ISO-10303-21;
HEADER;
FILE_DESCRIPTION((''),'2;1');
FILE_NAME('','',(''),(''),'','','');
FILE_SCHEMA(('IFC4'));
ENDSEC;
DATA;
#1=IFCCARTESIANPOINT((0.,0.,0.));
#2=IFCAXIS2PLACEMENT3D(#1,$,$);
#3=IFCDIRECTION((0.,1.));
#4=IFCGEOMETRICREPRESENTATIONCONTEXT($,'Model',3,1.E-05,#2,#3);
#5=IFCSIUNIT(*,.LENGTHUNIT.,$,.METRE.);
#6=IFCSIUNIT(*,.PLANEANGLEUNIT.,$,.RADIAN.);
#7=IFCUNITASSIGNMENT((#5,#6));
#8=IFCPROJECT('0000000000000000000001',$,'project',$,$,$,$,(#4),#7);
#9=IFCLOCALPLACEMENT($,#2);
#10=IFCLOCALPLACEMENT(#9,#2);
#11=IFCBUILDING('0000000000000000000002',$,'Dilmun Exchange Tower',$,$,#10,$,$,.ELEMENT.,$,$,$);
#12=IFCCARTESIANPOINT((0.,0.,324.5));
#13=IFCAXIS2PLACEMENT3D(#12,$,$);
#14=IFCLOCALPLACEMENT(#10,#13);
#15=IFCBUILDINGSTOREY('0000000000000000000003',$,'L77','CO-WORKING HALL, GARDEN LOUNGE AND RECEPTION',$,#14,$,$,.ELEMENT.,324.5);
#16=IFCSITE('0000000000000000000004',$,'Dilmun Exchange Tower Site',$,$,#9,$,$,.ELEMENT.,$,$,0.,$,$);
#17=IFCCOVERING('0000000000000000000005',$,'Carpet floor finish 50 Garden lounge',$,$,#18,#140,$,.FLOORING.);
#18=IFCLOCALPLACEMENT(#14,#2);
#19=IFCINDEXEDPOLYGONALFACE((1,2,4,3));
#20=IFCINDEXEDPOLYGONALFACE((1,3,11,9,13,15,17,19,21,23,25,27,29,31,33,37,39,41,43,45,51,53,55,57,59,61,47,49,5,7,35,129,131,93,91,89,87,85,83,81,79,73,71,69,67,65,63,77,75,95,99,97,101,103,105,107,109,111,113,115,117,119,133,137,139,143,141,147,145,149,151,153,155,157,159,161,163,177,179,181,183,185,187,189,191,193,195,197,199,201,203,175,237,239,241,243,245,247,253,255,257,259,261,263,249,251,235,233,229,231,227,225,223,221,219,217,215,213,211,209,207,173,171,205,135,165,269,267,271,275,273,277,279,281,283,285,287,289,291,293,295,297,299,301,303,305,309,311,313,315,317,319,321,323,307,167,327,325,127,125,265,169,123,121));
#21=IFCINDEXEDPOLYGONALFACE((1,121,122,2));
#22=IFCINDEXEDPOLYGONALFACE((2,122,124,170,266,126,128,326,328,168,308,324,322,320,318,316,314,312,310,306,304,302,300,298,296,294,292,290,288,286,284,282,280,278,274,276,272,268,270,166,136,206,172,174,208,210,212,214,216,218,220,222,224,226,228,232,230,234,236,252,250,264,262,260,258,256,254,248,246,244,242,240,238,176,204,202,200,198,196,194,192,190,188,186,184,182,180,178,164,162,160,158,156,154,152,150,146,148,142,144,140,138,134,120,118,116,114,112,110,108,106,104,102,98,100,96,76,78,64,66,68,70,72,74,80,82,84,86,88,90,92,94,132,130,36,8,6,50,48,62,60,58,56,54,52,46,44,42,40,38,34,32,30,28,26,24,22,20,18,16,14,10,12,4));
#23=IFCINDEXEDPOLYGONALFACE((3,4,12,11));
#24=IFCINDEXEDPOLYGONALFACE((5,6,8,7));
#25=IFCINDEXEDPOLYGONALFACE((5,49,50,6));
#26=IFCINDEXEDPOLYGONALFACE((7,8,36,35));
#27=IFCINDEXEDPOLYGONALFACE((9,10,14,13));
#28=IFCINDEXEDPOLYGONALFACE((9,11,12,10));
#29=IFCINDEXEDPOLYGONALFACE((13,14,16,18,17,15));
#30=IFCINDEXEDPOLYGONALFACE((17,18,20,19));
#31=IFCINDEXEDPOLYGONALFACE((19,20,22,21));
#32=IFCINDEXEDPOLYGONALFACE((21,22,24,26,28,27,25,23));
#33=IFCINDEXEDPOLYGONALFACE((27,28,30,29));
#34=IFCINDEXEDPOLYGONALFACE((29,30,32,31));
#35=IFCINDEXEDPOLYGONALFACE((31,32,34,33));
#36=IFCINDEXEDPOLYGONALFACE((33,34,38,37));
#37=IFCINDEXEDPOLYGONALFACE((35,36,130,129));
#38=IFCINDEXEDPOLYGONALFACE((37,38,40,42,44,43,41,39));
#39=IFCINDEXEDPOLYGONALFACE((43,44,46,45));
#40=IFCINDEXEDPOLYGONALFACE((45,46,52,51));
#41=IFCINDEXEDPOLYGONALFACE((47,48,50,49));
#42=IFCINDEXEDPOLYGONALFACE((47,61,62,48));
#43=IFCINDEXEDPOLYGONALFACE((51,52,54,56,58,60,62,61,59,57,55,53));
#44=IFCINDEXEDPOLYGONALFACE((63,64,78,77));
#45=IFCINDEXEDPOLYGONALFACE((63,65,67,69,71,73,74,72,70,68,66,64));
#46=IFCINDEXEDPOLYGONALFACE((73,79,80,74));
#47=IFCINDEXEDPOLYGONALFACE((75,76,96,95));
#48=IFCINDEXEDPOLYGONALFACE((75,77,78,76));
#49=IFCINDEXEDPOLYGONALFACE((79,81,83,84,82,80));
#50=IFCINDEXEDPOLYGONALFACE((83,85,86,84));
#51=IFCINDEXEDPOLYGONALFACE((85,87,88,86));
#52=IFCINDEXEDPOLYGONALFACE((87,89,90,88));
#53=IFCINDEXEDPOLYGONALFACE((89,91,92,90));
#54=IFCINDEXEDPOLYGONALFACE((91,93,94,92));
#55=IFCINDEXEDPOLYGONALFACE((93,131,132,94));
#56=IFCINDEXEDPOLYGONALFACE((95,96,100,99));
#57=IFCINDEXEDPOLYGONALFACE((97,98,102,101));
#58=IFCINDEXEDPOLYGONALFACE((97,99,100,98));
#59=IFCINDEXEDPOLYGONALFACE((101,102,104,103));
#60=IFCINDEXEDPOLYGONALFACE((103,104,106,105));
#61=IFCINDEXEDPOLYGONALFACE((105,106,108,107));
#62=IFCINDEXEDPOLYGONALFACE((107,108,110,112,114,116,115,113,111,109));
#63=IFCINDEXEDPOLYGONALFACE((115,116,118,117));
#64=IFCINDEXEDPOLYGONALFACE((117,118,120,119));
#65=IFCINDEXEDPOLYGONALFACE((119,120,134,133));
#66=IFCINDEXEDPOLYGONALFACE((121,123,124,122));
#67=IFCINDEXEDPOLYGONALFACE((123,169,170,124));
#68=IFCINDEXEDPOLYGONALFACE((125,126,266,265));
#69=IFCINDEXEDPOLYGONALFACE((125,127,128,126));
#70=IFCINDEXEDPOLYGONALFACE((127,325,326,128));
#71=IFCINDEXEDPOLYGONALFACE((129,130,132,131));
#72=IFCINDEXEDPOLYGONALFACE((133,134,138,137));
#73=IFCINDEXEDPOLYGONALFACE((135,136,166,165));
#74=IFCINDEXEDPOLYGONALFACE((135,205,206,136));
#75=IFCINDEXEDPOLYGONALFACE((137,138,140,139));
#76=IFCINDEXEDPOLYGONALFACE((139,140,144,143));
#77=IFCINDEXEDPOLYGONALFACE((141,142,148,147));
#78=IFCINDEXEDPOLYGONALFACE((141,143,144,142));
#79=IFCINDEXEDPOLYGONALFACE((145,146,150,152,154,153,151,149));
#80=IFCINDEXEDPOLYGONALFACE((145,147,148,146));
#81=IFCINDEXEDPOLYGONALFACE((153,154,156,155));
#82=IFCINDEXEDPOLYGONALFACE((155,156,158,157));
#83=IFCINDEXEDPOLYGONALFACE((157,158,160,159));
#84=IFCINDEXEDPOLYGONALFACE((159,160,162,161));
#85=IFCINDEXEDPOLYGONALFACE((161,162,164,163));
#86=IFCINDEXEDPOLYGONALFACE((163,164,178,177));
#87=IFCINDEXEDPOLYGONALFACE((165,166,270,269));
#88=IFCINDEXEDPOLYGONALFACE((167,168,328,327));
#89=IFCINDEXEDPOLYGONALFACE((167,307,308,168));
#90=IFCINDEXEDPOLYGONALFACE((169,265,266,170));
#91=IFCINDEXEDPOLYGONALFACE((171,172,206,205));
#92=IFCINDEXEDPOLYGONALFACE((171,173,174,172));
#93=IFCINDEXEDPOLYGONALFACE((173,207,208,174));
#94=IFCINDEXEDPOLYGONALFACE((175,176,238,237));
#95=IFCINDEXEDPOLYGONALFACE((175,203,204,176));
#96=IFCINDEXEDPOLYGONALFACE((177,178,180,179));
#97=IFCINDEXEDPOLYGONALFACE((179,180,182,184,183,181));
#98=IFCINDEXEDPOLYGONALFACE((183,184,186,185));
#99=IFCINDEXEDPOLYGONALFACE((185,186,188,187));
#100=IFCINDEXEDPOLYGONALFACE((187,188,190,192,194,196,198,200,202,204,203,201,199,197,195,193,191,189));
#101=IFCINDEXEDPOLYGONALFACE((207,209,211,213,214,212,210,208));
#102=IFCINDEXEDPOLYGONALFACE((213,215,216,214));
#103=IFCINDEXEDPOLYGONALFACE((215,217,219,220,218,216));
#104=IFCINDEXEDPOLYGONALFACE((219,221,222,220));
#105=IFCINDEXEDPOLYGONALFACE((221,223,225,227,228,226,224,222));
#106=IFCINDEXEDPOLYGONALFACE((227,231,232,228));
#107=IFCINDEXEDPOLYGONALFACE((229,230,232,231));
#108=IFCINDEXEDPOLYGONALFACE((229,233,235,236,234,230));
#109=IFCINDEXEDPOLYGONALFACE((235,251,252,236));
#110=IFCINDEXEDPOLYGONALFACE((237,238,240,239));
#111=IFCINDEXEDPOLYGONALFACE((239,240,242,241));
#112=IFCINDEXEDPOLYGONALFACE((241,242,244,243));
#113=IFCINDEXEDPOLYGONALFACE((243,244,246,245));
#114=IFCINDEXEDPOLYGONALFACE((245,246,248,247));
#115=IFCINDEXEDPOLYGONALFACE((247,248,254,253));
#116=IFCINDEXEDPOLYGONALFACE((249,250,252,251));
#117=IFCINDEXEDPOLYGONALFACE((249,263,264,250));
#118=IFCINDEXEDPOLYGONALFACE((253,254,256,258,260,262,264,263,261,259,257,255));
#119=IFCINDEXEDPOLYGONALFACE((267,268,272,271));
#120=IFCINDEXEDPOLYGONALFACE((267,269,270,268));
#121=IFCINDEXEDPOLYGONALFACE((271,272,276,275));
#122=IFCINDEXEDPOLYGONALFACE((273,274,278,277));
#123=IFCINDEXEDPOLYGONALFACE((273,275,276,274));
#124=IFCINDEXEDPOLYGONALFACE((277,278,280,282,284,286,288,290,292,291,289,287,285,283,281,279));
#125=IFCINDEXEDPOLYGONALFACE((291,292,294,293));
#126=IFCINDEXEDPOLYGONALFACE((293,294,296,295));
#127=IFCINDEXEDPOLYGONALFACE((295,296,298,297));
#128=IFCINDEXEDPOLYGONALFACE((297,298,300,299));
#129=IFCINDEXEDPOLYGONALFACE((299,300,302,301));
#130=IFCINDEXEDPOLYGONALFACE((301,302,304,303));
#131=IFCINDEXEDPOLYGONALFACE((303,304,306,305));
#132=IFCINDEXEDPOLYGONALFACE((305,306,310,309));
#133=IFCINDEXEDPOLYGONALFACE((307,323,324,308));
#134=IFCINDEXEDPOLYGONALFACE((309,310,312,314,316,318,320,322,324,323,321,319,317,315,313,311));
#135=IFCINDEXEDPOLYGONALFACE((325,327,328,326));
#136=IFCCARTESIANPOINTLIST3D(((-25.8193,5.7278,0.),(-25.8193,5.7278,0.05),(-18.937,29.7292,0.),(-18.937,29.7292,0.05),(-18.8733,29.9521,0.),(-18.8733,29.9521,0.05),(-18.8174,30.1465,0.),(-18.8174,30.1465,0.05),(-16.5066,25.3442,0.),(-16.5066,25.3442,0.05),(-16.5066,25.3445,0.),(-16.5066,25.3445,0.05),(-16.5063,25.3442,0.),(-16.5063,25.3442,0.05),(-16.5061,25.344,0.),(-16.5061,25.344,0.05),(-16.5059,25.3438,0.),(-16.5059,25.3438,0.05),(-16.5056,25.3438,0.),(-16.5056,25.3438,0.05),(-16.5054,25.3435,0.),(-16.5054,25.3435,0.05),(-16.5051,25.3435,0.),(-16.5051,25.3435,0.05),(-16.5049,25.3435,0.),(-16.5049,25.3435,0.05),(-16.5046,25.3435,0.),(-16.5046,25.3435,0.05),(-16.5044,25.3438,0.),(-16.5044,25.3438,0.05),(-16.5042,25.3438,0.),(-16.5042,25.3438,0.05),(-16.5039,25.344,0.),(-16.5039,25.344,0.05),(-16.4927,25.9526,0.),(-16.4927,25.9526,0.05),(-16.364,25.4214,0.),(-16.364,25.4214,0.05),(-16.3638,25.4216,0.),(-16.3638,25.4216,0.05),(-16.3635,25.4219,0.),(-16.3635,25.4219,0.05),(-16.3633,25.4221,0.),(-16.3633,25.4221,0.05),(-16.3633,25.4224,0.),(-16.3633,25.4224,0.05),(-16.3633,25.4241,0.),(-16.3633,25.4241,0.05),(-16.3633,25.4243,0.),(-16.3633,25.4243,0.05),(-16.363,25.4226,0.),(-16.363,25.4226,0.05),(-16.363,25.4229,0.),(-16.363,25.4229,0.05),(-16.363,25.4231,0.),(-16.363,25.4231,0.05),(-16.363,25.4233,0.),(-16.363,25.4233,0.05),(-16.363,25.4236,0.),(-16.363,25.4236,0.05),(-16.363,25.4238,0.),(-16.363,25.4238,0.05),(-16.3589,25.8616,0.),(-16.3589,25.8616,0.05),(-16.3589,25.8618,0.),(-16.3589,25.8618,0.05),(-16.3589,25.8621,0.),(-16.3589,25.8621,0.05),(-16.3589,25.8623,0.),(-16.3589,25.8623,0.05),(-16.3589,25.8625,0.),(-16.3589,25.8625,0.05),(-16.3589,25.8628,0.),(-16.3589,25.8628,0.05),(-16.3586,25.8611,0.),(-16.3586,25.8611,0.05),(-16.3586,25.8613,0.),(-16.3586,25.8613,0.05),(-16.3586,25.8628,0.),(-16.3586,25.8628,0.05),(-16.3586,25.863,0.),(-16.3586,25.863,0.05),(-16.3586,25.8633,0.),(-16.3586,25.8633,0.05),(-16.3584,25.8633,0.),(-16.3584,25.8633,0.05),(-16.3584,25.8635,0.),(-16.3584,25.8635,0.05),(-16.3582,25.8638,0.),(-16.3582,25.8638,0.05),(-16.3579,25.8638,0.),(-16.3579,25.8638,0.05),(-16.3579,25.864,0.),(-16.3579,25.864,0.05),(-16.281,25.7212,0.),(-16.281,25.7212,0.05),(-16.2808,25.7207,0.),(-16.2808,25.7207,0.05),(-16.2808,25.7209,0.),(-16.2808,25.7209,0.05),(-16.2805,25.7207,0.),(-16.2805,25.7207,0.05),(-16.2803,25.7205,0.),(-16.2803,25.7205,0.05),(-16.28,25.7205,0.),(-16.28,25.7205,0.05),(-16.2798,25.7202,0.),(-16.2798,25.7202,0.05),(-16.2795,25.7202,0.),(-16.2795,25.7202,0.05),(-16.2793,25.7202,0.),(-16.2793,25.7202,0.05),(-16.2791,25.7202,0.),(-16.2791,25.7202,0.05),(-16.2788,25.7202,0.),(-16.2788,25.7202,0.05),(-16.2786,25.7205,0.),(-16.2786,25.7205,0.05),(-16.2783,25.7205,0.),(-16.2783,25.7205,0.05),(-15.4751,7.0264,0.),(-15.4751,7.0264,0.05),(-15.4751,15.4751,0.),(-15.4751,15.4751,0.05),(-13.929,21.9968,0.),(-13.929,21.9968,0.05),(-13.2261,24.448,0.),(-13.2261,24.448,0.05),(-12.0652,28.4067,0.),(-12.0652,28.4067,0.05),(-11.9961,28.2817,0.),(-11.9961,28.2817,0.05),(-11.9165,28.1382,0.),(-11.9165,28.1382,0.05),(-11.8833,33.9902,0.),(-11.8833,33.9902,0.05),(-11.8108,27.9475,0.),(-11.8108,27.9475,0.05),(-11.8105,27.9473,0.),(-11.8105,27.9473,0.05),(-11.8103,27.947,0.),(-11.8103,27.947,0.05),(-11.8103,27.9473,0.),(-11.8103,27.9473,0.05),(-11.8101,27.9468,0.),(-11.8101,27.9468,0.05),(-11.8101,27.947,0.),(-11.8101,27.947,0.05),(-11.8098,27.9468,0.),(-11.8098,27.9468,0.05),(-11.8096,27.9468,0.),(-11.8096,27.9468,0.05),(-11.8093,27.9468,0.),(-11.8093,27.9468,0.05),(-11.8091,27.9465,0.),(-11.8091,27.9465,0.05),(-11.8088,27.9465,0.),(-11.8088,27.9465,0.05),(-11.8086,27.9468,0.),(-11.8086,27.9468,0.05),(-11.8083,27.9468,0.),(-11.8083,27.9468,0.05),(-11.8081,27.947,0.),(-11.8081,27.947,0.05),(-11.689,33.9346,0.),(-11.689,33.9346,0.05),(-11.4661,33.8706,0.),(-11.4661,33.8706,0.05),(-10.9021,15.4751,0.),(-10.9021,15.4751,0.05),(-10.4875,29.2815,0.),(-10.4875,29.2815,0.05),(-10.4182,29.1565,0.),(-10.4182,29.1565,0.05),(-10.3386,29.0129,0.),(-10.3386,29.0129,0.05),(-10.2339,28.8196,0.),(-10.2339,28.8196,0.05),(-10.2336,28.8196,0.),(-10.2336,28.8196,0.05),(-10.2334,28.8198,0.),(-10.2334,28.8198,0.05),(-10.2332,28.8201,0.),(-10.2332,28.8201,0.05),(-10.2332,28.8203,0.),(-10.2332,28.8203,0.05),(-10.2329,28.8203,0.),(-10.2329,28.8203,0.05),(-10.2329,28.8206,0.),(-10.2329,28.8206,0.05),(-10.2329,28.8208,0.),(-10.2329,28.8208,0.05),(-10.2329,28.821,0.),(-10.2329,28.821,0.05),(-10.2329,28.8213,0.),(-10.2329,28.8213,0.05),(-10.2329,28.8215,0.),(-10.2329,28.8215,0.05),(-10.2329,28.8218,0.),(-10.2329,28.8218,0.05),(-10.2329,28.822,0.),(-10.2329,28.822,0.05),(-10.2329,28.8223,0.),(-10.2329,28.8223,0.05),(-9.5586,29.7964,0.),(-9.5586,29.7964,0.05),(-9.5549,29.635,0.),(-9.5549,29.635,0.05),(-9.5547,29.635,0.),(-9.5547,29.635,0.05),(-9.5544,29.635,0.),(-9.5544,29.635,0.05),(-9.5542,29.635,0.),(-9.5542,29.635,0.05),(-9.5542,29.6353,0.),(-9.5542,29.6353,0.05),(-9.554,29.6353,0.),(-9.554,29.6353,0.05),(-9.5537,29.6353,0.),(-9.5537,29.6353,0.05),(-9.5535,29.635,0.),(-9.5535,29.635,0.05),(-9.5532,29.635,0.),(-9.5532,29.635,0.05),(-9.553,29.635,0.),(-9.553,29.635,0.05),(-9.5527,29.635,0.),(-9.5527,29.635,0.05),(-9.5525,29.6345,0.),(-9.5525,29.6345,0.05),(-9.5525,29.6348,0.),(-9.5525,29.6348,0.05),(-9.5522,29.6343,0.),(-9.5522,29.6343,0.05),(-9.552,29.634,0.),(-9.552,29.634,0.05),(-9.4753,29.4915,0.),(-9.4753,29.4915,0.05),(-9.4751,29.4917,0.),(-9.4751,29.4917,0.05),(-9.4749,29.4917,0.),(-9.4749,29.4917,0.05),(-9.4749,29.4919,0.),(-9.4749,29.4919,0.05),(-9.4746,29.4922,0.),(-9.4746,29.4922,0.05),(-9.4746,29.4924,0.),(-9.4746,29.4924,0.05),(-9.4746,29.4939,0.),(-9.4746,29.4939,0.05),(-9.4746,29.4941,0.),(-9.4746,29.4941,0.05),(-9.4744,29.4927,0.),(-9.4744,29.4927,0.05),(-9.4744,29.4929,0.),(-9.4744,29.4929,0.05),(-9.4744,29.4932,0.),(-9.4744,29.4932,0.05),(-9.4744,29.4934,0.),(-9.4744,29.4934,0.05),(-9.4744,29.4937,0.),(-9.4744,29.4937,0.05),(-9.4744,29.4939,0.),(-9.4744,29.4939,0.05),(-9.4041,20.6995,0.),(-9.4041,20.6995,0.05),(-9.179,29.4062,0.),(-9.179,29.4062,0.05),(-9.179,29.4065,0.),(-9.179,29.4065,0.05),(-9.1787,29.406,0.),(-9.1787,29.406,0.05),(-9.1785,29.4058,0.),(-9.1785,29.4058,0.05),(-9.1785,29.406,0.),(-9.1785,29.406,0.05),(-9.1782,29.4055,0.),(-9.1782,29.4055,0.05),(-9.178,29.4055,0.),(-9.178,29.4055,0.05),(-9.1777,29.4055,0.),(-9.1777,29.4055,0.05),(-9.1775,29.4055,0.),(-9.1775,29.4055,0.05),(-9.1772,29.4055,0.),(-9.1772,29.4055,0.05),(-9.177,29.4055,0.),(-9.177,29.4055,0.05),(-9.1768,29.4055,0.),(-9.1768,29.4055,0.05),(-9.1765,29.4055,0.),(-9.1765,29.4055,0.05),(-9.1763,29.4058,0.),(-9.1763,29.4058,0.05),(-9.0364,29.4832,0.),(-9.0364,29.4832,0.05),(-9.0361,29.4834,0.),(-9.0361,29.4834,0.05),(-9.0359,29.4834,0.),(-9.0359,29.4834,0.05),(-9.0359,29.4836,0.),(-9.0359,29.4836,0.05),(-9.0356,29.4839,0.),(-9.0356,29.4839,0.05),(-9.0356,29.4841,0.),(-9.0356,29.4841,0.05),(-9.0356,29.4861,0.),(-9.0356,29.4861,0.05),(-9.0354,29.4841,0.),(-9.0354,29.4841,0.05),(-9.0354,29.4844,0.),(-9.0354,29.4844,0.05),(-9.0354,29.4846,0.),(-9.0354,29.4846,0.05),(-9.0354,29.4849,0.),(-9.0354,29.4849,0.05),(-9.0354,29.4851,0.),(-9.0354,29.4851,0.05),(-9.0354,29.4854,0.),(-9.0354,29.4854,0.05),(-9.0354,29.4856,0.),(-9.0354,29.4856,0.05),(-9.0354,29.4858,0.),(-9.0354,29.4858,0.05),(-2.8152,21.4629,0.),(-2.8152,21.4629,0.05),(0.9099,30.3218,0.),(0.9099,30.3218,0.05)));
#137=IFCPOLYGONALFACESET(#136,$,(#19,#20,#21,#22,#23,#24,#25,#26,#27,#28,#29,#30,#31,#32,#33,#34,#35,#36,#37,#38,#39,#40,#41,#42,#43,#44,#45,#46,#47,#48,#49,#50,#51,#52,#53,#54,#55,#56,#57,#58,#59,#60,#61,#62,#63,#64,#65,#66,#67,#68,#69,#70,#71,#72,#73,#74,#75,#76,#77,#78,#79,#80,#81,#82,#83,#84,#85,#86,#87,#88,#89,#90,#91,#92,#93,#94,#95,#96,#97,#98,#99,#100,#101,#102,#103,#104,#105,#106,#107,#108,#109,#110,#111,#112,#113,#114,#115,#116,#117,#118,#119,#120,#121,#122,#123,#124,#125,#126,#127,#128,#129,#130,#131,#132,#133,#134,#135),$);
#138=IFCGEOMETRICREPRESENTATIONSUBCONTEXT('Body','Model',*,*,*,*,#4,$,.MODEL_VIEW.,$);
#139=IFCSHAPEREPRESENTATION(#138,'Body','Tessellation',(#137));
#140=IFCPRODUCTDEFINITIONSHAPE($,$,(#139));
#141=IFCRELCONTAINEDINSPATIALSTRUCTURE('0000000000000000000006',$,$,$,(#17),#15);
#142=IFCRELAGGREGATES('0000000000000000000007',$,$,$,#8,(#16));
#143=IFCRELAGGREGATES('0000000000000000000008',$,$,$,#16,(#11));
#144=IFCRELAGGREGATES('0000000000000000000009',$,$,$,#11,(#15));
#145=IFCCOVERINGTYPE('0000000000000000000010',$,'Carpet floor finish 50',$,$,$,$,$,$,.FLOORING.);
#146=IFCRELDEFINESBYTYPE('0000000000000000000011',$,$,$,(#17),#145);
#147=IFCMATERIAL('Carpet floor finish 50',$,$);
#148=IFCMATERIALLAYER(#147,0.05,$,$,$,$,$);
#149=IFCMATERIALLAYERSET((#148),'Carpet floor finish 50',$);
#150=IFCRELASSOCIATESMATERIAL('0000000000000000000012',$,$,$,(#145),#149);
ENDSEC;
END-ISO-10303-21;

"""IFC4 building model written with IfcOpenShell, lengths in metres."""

from ifc_helpers import new_model, si_unit, direction, frame, origin, place, context, subcontext, project, spatial, polyline, outline, extrude, material, layer, layer_set, type_object, element, save


model = new_model("IFC4")

# Units and contexts
model_context = context("Model", 3, precision=1e-05, world=origin(), true_north=direction((0.0, 1.0)))
body_context = subcontext(model_context, "Body", "Model", "MODEL_VIEW")
ifc_project = project(units=[si_unit("LENGTHUNIT", "METRE"), si_unit("PLANEANGLEUNIT", "RADIAN")], contexts=[model_context])

# Site, building, storey
site_placement = place(None, origin())
site = spatial("IfcSite", under=ifc_project, at=site_placement, Name="Dilmun Exchange Tower Site", CompositionType="ELEMENT", RefElevation=0.0)
building_placement = place(site_placement, origin())
building = spatial("IfcBuilding", under=site, at=building_placement, Name="Dilmun Exchange Tower", CompositionType="ELEMENT")
storey_placement = place(building_placement, frame((0.0, 0.0, 324.5)))
storey = spatial("IfcBuildingStorey", under=building, at=storey_placement, Name="L77", Description="CO-WORKING HALL, GARDEN LOUNGE AND RECEPTION", CompositionType="ELEMENT", Elevation=324.5)

# Covering
ifc_material_1 = material(Name="Carpet floor finish 50")
ifc_layer_1 = layer(ifc_material_1, 0.05)
ifc_layer_set_1 = layer_set([ifc_layer_1], Name="Carpet floor finish 50")
covering_type_1 = type_object("IfcCoveringType", Name="Carpet floor finish 50", PredefinedType="FLOORING", material=ifc_layer_set_1)
covering_1_placement = place(storey_placement, origin())
element("IfcCovering", 1, at=covering_1_placement, inside=storey, type_object=covering_type_1, Name="Carpet floor finish 50 Garden lounge", PredefinedType="FLOORING", context=body_context, shape_type="SweptSolid", body=[
    extrude(outline(polyline([(-16.4927, 25.9526), (-12.0652, 28.4067), (-11.9961, 28.2817), (-16.3579, 25.864), (-16.3579, 25.8638), (-16.3582, 25.8638), (-16.3584, 25.8635), (-16.3584, 25.8633), (-16.3586, 25.8633), (-16.3586, 25.863), (-16.3586, 25.8628), (-16.3589, 25.8628), (-16.3589, 25.8625), (-16.3589, 25.8623), (-16.3589, 25.8621), (-16.3589, 25.8618), (-16.3589, 25.8618), (-16.3589, 25.8616), (-16.3586, 25.8613), (-16.3586, 25.8611), (-16.281, 25.7212), (-16.281, 25.7212), (-16.2808, 25.7209), (-16.2808, 25.7207), (-16.2805, 25.7207), (-16.2805, 25.7207), (-16.2803, 25.7205), (-16.28, 25.7205), (-16.2798, 25.7202), (-16.2798, 25.7202), (-16.2795, 25.7202), (-16.2793, 25.7202), (-16.2791, 25.7202), (-16.2788, 25.7202), (-16.2788, 25.7202), (-16.2786, 25.7205), (-16.2783, 25.7205), (-11.9165, 28.1382), (-11.8108, 27.9475), (-11.8108, 27.9475), (-11.8105, 27.9473), (-11.8103, 27.9473), (-11.8103, 27.947), (-11.8101, 27.947), (-11.8101, 27.9468), (-11.8098, 27.9468), (-11.8096, 27.9468), (-11.8093, 27.9468), (-11.8091, 27.9465), (-11.8091, 27.9465), (-11.8088, 27.9465), (-11.8086, 27.9468), (-11.8083, 27.9468), (-11.8083, 27.9468), (-11.8081, 27.947), (-10.2339, 28.8196), (-10.2336, 28.8196), (-10.2334, 28.8198), (-10.2334, 28.8198), (-10.2332, 28.8201), (-10.2332, 28.8203), (-10.2329, 28.8203), (-10.2329, 28.8206), (-10.2329, 28.8208), (-10.2329, 28.821), (-10.2329, 28.8213), (-10.2329, 28.8213), (-10.2329, 28.8215), (-10.2329, 28.8218), (-10.2329, 28.822), (-10.2329, 28.822), (-10.2329, 28.8223), (-10.3386, 29.0129), (-9.4753, 29.4915), (-9.4751, 29.4917), (-9.4751, 29.4917), (-9.4749, 29.4917), (-9.4749, 29.4919), (-9.4746, 29.4922), (-9.4746, 29.4922), (-9.4746, 29.4924), (-9.4744, 29.4927), (-9.4744, 29.4929), (-9.4744, 29.4932), (-9.4744, 29.4934), (-9.4744, 29.4934), (-9.4744, 29.4937), (-9.4744, 29.4939), (-9.4746, 29.4939), (-9.4746, 29.4941), (-9.552, 29.634), (-9.5522, 29.6343), (-9.5525, 29.6345), (-9.5525, 29.6345), (-9.5525, 29.6348), (-9.5527, 29.635), (-9.553, 29.635), (-9.553, 29.635), (-9.5532, 29.635), (-9.5535, 29.635), (-9.5537, 29.6353), (-9.554, 29.6353), (-9.5542, 29.6353), (-9.5542, 29.635), (-9.5544, 29.635), (-9.5547, 29.635), (-9.5549, 29.635), (-10.4182, 29.1565), (-10.4875, 29.2815), (-9.5586, 29.7964), (-11.8833, 33.9902), (-11.689, 33.9346), (-9.179, 29.4065), (-9.179, 29.4062), (-9.1787, 29.406), (-9.1787, 29.406), (-9.1785, 29.406), (-9.1785, 29.4058), (-9.1782, 29.4055), (-9.178, 29.4055), (-9.1777, 29.4055), (-9.1775, 29.4055), (-9.1775, 29.4055), (-9.1772, 29.4055), (-9.177, 29.4055), (-9.1768, 29.4055), (-9.1768, 29.4055), (-9.1765, 29.4055), (-9.1763, 29.4058), (-9.0364, 29.4832), (-9.0361, 29.4834), (-9.0359, 29.4834), (-9.0359, 29.4836), (-9.0359, 29.4836), (-9.0356, 29.4839), (-9.0356, 29.4841), (-9.0354, 29.4841), (-9.0354, 29.4844), (-9.0354, 29.4846), (-9.0354, 29.4849), (-9.0354, 29.4851), (-9.0354, 29.4851), (-9.0354, 29.4854), (-9.0354, 29.4856), (-9.0354, 29.4858), (-9.0356, 29.4861), (-11.4661, 33.8706), (0.9099, 30.3218), (-2.8152, 21.4629), (-13.2261, 24.448), (-13.929, 21.9968), (-9.4041, 20.6995), (-10.9021, 15.4751), (-15.4751, 15.4751), (-15.4751, 7.0264), (-25.8193, 5.7278), (-18.937, 29.7292), (-16.5066, 25.3445), (-16.5066, 25.3445), (-16.5066, 25.3442), (-16.5063, 25.3442), (-16.5061, 25.344), (-16.5061, 25.344), (-16.5059, 25.3438), (-16.5056, 25.3438), (-16.5056, 25.3438), (-16.5054, 25.3435), (-16.5051, 25.3435), (-16.5049, 25.3435), (-16.5046, 25.3435), (-16.5044, 25.3438), (-16.5044, 25.3438), (-16.5042, 25.3438), (-16.5039, 25.344), (-16.364, 25.4214), (-16.364, 25.4214), (-16.3638, 25.4216), (-16.3635, 25.4219), (-16.3635, 25.4219), (-16.3633, 25.4221), (-16.3633, 25.4224), (-16.3633, 25.4224), (-16.363, 25.4226), (-16.363, 25.4229), (-16.363, 25.4231), (-16.363, 25.4231), (-16.363, 25.4233), (-16.363, 25.4236), (-16.363, 25.4238), (-16.3633, 25.4241), (-16.3633, 25.4243), (-18.8733, 29.9521), (-18.8174, 30.1465), (-16.4927, 25.9526)])), origin(), (0.0, 0.0, 1.0), 0.05),
])

save(model, "model.ifc")
